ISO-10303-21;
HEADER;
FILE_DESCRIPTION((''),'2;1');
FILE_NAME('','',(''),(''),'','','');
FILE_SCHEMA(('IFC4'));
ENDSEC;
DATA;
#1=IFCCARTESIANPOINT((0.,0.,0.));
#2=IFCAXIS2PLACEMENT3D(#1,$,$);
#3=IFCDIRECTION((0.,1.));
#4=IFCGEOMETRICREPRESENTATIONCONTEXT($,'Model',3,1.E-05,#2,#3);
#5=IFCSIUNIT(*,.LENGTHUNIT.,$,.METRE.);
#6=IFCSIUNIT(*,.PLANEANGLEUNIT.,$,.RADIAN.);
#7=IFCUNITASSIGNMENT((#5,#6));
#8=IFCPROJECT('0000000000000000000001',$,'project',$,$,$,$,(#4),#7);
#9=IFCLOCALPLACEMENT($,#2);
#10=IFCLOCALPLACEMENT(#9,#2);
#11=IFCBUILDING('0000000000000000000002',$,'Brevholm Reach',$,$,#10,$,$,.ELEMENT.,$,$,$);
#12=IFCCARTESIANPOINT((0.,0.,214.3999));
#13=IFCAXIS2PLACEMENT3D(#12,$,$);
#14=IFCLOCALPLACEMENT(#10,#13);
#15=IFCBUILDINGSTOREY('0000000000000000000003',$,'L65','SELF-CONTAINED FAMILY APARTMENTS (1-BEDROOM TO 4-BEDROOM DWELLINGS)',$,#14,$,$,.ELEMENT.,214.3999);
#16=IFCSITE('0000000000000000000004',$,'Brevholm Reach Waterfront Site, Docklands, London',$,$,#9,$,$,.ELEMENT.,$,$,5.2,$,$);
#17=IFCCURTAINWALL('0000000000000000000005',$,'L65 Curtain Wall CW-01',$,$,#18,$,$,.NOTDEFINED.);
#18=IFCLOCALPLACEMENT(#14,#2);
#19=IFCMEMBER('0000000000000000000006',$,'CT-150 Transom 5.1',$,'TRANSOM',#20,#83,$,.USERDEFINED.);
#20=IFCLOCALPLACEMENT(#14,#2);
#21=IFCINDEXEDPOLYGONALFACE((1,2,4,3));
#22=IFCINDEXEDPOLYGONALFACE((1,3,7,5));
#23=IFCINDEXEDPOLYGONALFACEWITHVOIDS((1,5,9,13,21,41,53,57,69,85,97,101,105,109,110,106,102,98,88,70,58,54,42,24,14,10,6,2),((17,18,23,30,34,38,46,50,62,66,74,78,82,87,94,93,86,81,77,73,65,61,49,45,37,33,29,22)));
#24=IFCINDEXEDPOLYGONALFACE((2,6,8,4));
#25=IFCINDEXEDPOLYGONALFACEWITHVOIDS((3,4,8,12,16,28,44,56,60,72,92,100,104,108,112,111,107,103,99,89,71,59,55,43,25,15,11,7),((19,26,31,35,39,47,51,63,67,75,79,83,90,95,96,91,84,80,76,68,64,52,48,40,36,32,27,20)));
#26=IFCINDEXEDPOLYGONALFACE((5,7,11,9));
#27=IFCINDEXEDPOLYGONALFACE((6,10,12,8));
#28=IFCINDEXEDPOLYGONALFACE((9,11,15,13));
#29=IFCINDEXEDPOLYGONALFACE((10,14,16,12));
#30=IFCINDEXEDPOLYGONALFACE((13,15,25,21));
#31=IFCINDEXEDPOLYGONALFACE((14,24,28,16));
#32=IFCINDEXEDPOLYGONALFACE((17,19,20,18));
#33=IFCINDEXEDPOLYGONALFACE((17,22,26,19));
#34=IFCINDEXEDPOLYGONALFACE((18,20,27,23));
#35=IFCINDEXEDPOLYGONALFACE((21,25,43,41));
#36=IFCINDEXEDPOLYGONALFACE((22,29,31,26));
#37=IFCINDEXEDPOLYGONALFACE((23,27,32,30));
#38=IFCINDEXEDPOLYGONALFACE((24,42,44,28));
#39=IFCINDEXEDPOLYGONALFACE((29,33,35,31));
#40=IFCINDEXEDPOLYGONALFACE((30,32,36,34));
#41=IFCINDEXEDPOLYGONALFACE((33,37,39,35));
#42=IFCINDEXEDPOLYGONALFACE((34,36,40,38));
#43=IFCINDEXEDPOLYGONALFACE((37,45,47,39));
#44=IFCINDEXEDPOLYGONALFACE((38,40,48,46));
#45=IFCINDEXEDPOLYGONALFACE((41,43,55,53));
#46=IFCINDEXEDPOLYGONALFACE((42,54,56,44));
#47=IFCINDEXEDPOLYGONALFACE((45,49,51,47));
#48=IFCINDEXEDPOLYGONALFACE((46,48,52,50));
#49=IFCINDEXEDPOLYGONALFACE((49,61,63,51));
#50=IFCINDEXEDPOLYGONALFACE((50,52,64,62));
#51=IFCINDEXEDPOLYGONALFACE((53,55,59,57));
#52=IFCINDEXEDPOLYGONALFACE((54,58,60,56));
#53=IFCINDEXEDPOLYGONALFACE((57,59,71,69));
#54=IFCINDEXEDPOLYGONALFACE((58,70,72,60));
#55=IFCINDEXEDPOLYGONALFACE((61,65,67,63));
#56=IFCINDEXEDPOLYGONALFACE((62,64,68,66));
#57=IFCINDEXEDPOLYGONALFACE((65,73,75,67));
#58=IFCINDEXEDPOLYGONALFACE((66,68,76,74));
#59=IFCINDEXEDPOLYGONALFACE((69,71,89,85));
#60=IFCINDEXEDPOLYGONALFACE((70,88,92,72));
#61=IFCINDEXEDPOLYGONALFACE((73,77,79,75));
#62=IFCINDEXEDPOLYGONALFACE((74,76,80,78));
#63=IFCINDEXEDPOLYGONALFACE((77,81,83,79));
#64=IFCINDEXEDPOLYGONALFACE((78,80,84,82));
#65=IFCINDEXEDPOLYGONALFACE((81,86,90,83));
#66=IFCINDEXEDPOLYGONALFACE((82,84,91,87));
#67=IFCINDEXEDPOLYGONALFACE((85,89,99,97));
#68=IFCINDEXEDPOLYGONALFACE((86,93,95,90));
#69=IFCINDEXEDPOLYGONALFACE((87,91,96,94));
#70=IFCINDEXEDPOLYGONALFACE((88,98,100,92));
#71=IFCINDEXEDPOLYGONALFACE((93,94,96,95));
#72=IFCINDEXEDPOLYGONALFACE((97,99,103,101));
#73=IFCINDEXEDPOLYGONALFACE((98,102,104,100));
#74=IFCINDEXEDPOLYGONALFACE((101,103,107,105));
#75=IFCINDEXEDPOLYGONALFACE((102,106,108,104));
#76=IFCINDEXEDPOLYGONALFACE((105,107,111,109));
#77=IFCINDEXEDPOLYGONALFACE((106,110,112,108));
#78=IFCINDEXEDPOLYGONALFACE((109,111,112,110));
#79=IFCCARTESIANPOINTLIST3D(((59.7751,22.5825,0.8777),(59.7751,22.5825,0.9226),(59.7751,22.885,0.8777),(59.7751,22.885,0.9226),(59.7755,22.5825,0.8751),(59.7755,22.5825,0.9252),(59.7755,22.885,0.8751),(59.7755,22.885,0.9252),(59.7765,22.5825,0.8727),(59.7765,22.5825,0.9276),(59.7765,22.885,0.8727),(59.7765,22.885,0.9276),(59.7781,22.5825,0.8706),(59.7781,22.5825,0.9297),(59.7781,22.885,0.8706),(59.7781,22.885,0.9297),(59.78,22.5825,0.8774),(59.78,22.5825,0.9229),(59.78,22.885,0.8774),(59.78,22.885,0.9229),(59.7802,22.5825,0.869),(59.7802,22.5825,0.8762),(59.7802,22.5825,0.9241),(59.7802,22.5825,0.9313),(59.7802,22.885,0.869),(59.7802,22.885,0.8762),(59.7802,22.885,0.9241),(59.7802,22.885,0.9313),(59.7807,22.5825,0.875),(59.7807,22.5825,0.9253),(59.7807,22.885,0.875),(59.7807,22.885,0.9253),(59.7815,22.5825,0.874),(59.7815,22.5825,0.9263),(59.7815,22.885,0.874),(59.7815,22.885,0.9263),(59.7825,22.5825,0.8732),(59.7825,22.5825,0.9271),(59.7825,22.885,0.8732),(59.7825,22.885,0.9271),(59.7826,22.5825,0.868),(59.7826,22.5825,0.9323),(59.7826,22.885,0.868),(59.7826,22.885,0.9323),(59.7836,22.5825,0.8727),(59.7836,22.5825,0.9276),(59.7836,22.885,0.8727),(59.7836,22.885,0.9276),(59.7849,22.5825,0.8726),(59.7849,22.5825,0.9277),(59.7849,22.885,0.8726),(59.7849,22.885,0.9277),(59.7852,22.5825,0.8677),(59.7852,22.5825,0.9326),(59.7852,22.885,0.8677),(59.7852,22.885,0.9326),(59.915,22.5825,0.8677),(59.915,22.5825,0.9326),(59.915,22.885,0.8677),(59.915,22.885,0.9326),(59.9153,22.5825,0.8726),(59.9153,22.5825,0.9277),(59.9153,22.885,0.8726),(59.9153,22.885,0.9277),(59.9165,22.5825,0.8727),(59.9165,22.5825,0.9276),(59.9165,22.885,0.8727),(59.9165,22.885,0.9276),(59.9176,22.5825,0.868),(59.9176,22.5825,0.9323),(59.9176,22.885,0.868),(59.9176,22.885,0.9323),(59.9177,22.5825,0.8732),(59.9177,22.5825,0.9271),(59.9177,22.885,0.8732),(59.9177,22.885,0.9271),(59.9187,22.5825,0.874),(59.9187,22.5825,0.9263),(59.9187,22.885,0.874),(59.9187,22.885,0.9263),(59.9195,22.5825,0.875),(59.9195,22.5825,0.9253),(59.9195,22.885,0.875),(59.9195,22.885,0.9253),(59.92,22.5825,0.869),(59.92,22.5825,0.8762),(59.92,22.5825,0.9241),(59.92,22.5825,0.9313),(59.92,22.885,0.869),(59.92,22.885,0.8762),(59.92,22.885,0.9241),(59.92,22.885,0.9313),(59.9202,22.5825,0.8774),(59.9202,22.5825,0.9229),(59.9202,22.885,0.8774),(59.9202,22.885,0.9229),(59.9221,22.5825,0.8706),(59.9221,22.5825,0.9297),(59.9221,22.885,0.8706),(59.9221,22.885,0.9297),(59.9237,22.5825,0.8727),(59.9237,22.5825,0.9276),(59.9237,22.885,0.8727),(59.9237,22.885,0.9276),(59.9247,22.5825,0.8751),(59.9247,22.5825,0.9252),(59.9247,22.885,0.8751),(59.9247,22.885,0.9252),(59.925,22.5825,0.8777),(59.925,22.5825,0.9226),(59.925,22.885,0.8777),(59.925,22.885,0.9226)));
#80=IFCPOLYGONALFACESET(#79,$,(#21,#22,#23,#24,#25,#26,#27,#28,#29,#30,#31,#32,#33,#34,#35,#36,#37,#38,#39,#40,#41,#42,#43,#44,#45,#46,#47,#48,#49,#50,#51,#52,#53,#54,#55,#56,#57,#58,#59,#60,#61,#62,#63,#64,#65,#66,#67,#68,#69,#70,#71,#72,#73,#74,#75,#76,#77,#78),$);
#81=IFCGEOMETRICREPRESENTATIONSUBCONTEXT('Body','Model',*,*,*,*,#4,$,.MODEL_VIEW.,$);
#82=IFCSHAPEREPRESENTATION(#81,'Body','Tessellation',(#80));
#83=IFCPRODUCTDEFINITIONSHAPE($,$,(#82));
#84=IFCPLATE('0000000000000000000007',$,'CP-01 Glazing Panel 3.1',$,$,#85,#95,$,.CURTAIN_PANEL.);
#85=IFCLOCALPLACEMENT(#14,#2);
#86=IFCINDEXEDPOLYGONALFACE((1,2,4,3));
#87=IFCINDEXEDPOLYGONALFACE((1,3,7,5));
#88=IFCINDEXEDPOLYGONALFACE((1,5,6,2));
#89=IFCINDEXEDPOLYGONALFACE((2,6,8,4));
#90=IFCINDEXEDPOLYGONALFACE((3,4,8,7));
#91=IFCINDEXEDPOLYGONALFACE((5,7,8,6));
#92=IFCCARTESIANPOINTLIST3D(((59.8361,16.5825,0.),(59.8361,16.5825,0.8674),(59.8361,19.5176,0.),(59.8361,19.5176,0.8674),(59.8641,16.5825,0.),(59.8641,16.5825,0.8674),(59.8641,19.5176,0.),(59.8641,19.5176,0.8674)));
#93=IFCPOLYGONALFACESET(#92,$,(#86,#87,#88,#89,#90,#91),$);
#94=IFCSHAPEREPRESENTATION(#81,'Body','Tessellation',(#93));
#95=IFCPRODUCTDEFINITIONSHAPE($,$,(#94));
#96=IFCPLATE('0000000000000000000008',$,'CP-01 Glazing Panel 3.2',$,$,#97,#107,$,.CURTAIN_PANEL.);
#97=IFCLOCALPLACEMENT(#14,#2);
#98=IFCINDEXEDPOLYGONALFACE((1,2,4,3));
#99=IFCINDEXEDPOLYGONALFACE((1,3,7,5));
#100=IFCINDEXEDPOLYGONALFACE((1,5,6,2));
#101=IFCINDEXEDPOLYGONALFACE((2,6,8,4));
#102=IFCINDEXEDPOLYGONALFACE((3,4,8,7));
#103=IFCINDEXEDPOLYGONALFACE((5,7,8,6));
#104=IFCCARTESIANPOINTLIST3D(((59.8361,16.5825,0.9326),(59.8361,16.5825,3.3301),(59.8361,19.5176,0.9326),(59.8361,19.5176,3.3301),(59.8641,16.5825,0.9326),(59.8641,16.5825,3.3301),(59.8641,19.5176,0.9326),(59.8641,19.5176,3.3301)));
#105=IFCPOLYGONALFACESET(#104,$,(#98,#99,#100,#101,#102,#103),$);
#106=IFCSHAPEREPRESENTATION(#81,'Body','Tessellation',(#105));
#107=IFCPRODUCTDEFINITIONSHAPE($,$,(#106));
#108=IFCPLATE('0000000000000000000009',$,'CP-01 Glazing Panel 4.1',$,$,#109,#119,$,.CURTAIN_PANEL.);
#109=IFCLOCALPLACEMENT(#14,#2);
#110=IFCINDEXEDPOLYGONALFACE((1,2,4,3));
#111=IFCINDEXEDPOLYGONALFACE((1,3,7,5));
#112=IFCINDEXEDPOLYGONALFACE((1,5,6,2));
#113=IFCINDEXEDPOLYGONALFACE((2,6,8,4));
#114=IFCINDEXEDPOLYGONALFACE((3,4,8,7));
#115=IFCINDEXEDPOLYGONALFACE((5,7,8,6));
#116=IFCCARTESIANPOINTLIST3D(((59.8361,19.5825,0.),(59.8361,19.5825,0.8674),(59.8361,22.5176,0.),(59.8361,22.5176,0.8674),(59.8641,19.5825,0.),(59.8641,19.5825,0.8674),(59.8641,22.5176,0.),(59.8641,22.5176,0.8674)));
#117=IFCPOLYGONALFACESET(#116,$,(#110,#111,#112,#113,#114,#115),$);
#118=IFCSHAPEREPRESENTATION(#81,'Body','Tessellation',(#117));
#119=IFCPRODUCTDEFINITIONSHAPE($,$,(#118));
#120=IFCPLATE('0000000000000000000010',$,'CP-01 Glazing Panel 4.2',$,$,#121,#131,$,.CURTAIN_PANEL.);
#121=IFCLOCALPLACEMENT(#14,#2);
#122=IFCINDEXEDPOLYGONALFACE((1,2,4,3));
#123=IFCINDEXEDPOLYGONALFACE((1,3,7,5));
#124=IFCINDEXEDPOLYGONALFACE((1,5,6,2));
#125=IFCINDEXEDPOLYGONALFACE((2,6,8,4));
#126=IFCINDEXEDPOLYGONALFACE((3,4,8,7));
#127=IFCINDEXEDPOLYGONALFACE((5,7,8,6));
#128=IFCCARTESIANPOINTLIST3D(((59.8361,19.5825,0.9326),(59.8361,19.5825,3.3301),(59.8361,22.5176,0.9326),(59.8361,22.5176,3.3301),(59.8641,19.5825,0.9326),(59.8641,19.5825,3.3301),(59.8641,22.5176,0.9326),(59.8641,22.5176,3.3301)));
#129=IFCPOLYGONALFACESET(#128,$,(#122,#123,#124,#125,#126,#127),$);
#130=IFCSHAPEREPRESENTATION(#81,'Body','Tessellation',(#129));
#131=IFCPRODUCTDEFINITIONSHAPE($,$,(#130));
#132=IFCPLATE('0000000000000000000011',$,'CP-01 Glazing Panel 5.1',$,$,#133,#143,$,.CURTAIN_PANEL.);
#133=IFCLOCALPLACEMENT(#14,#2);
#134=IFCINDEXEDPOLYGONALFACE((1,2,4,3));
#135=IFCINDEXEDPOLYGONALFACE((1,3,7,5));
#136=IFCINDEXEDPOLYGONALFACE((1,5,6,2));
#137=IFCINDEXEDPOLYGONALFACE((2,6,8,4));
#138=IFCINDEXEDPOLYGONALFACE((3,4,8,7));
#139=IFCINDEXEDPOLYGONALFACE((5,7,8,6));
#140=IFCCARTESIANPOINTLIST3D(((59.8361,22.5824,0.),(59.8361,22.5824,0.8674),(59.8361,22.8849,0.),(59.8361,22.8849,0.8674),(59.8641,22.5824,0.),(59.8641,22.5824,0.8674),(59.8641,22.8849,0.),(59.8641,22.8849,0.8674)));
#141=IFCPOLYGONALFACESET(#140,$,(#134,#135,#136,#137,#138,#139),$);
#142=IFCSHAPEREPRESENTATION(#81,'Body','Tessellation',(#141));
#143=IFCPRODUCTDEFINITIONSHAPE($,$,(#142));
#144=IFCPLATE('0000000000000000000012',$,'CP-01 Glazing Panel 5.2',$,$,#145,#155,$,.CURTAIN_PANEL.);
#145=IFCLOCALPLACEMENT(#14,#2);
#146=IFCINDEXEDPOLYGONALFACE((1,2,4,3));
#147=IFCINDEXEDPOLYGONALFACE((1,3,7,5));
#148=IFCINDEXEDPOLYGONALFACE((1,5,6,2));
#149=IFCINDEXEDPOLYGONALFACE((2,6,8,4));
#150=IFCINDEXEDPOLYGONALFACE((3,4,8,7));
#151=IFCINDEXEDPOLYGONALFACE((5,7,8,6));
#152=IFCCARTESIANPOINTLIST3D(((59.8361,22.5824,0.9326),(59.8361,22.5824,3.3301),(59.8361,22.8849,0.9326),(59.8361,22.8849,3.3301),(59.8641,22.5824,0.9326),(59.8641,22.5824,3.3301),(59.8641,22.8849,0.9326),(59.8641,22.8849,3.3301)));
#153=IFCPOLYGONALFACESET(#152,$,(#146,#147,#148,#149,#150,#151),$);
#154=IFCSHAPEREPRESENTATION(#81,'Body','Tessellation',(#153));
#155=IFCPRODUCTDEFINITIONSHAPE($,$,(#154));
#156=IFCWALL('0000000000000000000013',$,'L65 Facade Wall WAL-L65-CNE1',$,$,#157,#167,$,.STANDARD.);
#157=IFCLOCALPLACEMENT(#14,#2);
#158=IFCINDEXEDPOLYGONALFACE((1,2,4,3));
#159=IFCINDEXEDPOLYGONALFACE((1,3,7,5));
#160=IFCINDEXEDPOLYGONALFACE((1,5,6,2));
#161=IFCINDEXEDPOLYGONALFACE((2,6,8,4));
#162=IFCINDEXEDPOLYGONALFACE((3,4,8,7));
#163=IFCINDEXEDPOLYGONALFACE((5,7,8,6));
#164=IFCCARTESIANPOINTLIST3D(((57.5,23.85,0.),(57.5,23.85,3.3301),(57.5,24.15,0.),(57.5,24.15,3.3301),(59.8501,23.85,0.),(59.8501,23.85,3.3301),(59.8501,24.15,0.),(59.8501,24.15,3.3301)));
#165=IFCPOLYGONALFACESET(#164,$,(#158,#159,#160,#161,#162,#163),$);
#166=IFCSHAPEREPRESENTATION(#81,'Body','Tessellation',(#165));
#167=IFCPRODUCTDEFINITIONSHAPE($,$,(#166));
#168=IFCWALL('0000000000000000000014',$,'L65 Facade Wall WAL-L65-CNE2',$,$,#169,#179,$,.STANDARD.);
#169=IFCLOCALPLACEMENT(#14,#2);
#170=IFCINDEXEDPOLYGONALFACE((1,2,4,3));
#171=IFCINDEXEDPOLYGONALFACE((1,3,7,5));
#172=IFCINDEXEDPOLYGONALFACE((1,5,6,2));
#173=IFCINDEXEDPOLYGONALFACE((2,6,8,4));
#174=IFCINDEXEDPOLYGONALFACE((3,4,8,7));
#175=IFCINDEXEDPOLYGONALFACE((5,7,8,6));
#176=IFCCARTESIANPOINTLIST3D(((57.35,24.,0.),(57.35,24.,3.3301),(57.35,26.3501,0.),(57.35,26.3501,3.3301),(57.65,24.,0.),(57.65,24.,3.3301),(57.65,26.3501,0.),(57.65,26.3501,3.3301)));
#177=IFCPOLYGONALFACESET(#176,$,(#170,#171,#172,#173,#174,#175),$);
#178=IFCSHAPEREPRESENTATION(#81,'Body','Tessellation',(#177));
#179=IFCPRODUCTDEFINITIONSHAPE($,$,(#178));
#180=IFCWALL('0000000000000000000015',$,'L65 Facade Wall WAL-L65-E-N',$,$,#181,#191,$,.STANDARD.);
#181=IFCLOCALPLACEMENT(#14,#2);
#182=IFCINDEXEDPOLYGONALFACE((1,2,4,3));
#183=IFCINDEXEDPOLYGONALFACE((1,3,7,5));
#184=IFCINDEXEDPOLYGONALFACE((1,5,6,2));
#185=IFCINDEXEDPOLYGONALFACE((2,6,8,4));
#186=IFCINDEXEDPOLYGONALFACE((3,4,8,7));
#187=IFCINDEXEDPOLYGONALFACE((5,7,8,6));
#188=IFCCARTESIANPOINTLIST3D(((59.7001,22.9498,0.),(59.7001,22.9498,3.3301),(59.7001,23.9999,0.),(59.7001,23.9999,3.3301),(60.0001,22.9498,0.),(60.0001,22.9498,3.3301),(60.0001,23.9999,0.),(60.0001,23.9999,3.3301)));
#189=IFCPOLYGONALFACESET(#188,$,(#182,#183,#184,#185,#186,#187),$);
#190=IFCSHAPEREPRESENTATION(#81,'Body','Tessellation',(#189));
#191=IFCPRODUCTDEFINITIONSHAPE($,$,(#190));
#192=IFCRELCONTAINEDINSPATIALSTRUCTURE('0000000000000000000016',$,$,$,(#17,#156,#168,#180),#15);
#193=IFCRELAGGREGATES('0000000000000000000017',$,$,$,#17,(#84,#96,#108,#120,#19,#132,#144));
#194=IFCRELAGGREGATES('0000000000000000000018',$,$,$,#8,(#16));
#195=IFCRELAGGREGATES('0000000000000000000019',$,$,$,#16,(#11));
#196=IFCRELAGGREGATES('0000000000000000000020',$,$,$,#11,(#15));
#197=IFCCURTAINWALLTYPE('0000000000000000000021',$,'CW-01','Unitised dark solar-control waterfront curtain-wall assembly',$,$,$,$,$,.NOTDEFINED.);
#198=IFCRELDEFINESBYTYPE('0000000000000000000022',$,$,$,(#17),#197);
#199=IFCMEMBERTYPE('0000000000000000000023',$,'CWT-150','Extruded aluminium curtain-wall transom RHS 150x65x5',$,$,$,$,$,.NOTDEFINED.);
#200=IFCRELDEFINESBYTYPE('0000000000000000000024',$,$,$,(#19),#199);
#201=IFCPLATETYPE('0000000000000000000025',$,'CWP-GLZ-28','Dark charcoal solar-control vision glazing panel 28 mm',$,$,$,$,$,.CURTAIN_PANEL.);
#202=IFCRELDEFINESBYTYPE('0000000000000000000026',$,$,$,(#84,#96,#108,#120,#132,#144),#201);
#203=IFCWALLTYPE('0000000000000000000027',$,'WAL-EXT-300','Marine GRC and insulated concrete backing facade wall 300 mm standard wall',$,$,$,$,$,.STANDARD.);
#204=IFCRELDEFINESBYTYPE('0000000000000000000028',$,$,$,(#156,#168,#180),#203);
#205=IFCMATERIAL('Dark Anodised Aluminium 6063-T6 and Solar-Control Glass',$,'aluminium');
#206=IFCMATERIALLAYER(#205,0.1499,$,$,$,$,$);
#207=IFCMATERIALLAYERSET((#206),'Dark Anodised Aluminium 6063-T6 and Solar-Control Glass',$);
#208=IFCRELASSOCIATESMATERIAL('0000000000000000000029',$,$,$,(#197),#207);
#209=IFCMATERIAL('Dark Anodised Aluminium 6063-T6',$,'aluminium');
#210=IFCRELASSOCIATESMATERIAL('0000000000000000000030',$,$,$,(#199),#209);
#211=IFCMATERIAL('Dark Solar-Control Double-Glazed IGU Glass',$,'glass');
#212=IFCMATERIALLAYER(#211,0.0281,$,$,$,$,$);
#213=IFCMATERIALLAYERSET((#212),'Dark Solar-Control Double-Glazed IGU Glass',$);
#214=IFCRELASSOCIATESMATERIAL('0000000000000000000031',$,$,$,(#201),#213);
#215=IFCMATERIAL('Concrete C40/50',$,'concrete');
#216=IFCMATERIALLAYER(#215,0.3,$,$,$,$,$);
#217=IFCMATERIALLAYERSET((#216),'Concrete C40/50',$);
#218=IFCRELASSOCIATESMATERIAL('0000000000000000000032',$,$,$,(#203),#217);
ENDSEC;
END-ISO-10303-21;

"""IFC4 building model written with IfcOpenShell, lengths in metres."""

from ifc_helpers import new_model, si_unit, direction, frame, frame_2d, origin, origin_2d, place, context, subcontext, project, spatial, rectangle, hollow_rectangle, extrude, material, layer, layer_set, material_profile, profile_set, type_object, element, aggregate, save


model = new_model("IFC4")

# Units and contexts
model_context = context("Model", 3, precision=1e-05, world=origin(), true_north=direction((0.0, 1.0)))
body_context = subcontext(model_context, "Body", "Model", "MODEL_VIEW")
ifc_project = project(units=[si_unit("LENGTHUNIT", "METRE"), si_unit("PLANEANGLEUNIT", "RADIAN")], contexts=[model_context])

# Site, building, storey
site_placement = place(None, origin())
site = spatial("IfcSite", under=ifc_project, at=site_placement, Name="Brevholm Reach Waterfront Site, Docklands, London", CompositionType="ELEMENT", RefElevation=5.2)
building_placement = place(site_placement, origin())
building = spatial("IfcBuilding", under=site, at=building_placement, Name="Brevholm Reach", CompositionType="ELEMENT")
storey_placement = place(building_placement, frame((0.0, 0.0, 214.3999)))
storey = spatial("IfcBuildingStorey", under=building, at=storey_placement, Name="L65", Description="SELF-CONTAINED FAMILY APARTMENTS (1-BEDROOM TO 4-BEDROOM DWELLINGS)", CompositionType="ELEMENT", Elevation=214.3999)

# Curtain wall, member, plates
ifc_material_1 = material(Name="Dark Anodised Aluminium 6063-T6 and Solar-Control Glass", Category="aluminium")
ifc_layer_1 = layer(ifc_material_1, 0.1499)
ifc_layer_set_1 = layer_set([ifc_layer_1], Name="Dark Anodised Aluminium 6063-T6 and Solar-Control Glass")
curtain_wall_type = type_object("IfcCurtainWallType", Name="CW-01", Description="Unitised dark solar-control waterfront curtain-wall assembly", PredefinedType="NOTDEFINED", material=ifc_layer_set_1)
curtain_wall_placement = place(storey_placement, origin())
curtain_wall = element("IfcCurtainWall", 1, at=curtain_wall_placement, inside=storey, type_object=curtain_wall_type, Name="L65 Curtain Wall CW-01", PredefinedType="NOTDEFINED")
ifc_material_2 = material(Name="Dark Anodised Aluminium 6063-T6", Category="aluminium")
ifc_material_profile_1 = material_profile(ifc_material_2, hollow_rectangle(XDim=0.0649, YDim=0.1499, WallThickness=0.0049, InnerFilletRadius=0.0049, OuterFilletRadius=0.01, at=origin_2d()), Name="RHS 150x65x5")
ifc_profile_set_1 = profile_set([ifc_material_profile_1], Name="Dark Anodised Aluminium 6063-T6")
member_type_1 = type_object("IfcMemberType", Name="CWT-150", Description="Extruded aluminium curtain-wall transom RHS 150x65x5", PredefinedType="NOTDEFINED", material=ifc_profile_set_1)
member_1_placement = place(storey_placement, frame((59.8501, 22.5825, 0.9001), z_axis=(0.0, 1.0, 0.0), x_axis=(0.0, 0.0, 1.0)))
member_1 = element("IfcMember", 2, at=member_1_placement, type_object=member_type_1, Name="CT-150 Transom 5.1", ObjectType="TRANSOM", PredefinedType="USERDEFINED", context=body_context, shape_type="SweptSolid", body=[
    extrude(hollow_rectangle(XDim=0.0649, YDim=0.1499, WallThickness=0.0049, InnerFilletRadius=0.0049, OuterFilletRadius=0.01, at=origin_2d()), origin(), (0.0, 0.0, 1.0), 0.3025),
])
ifc_material_3 = material(Name="Dark Solar-Control Double-Glazed IGU Glass", Category="glass")
ifc_layer_2 = layer(ifc_material_3, 0.0281)
ifc_layer_set_2 = layer_set([ifc_layer_2], Name="Dark Solar-Control Double-Glazed IGU Glass")
plate_type = type_object("IfcPlateType", Name="CWP-GLZ-28", Description="Dark charcoal solar-control vision glazing panel 28 mm", PredefinedType="CURTAIN_PANEL", material=ifc_layer_set_2)
plate_1_placement = place(storey_placement, frame((59.8501, 18.05, 0.0), z_axis=(0.0, 0.0, 1.0), x_axis=(0.0, 1.0, 0.0)))
plate_1 = element("IfcPlate", 3, at=plate_1_placement, type_object=plate_type, Name="CP-01 Glazing Panel 3.1", PredefinedType="CURTAIN_PANEL", context=body_context, shape_type="SweptSolid", body=[
    extrude(rectangle(XDim=2.9351, YDim=0.0281, at=origin_2d()), origin(), (0.0, 0.0, 1.0), 0.8674),
])
plate_2_placement = place(storey_placement, frame((59.8501, 18.05, 0.9326), z_axis=(0.0, 0.0, 1.0), x_axis=(0.0, 1.0, 0.0)))
plate_2 = element("IfcPlate", 4, at=plate_2_placement, type_object=plate_type, Name="CP-01 Glazing Panel 3.2", PredefinedType="CURTAIN_PANEL", context=body_context, shape_type="SweptSolid", body=[
    extrude(rectangle(XDim=2.9351, YDim=0.0281, at=origin_2d()), origin(), (0.0, 0.0, 1.0), 2.3975),
])
plate_3_placement = place(storey_placement, frame((59.8501, 21.05, 0.0), z_axis=(0.0, 0.0, 1.0), x_axis=(0.0, 1.0, 0.0)))
plate_3 = element("IfcPlate", 5, at=plate_3_placement, type_object=plate_type, Name="CP-01 Glazing Panel 4.1", PredefinedType="CURTAIN_PANEL", context=body_context, shape_type="SweptSolid", body=[
    extrude(rectangle(XDim=2.9351, YDim=0.0281, at=origin_2d()), origin(), (0.0, 0.0, 1.0), 0.8674),
])
plate_4_placement = place(storey_placement, frame((59.8501, 21.05, 0.9326), z_axis=(0.0, 0.0, 1.0), x_axis=(0.0, 1.0, 0.0)))
plate_4 = element("IfcPlate", 6, at=plate_4_placement, type_object=plate_type, Name="CP-01 Glazing Panel 4.2", PredefinedType="CURTAIN_PANEL", context=body_context, shape_type="SweptSolid", body=[
    extrude(rectangle(XDim=2.9351, YDim=0.0281, at=origin_2d()), origin(), (0.0, 0.0, 1.0), 2.3975),
])
plate_5_placement = place(storey_placement, frame((59.8501, 22.7336, 0.0), z_axis=(0.0, 0.0, 1.0), x_axis=(0.0, 1.0, 0.0)))
plate_5 = element("IfcPlate", 7, at=plate_5_placement, type_object=plate_type, Name="CP-01 Glazing Panel 5.1", PredefinedType="CURTAIN_PANEL", context=body_context, shape_type="SweptSolid", body=[
    extrude(rectangle(XDim=0.3025, YDim=0.0281, at=origin_2d()), origin(), (0.0, 0.0, 1.0), 0.8674),
])
plate_6_placement = place(storey_placement, frame((59.8501, 22.7336, 0.9326), z_axis=(0.0, 0.0, 1.0), x_axis=(0.0, 1.0, 0.0)))
plate_6 = element("IfcPlate", 8, at=plate_6_placement, type_object=plate_type, Name="CP-01 Glazing Panel 5.2", PredefinedType="CURTAIN_PANEL", context=body_context, shape_type="SweptSolid", body=[
    extrude(rectangle(XDim=0.3025, YDim=0.0281, at=origin_2d()), origin(), (0.0, 0.0, 1.0), 2.3975),
])
aggregate(curtain_wall, [plate_1, plate_2, plate_3, plate_4, member_1, plate_5, plate_6])

# Walls
ifc_material_4 = material(Name="Concrete C40/50", Category="concrete")
ifc_layer_3 = layer(ifc_material_4, 0.3)
ifc_layer_set_3 = layer_set([ifc_layer_3], Name="Concrete C40/50")
wall_type_1 = type_object("IfcWallType", Name="WAL-EXT-300", Description="Marine GRC and insulated concrete backing facade wall 300 mm standard wall", PredefinedType="STANDARD", material=ifc_layer_set_3)
for number, where, z_axis, x_axis, name in (
    (9, (59.8501, 24.0, 0.0), (0.0, 0.0, 1.0), (-1.0, 0.0, 0.0), "L65 Facade Wall WAL-L65-CNE1"),
    (10, (57.5, 24.0, 0.0), (0.0, 0.0, 1.0), (0.0, 1.0, 0.0), "L65 Facade Wall WAL-L65-CNE2"),
):
    element("IfcWall", number, at=place(storey_placement, frame(where, z_axis=z_axis, x_axis=x_axis)), inside=storey, type_object=wall_type_1, Name=name, PredefinedType="STANDARD", context=body_context, shape_type="SweptSolid", body=[
        extrude(rectangle(XDim=2.3501, YDim=0.3, at=frame_2d((1.175, 0.0))), origin(), (0.0, 0.0, 1.0), 3.3301),
    ])
wall_1_placement = place(storey_placement, frame((59.8501, 22.95, 0.0), z_axis=(0.0, 0.0, 1.0), x_axis=(0.0, 1.0, 0.0)))
element("IfcWall", 11, at=wall_1_placement, inside=storey, type_object=wall_type_1, Name="L65 Facade Wall WAL-L65-E-N", PredefinedType="STANDARD", context=body_context, shape_type="SweptSolid", body=[
    extrude(rectangle(XDim=1.05, YDim=0.3, at=frame_2d((0.5249, 0.0))), origin(), (0.0, 0.0, 1.0), 3.3301),
])

save(model, "model.ifc")
